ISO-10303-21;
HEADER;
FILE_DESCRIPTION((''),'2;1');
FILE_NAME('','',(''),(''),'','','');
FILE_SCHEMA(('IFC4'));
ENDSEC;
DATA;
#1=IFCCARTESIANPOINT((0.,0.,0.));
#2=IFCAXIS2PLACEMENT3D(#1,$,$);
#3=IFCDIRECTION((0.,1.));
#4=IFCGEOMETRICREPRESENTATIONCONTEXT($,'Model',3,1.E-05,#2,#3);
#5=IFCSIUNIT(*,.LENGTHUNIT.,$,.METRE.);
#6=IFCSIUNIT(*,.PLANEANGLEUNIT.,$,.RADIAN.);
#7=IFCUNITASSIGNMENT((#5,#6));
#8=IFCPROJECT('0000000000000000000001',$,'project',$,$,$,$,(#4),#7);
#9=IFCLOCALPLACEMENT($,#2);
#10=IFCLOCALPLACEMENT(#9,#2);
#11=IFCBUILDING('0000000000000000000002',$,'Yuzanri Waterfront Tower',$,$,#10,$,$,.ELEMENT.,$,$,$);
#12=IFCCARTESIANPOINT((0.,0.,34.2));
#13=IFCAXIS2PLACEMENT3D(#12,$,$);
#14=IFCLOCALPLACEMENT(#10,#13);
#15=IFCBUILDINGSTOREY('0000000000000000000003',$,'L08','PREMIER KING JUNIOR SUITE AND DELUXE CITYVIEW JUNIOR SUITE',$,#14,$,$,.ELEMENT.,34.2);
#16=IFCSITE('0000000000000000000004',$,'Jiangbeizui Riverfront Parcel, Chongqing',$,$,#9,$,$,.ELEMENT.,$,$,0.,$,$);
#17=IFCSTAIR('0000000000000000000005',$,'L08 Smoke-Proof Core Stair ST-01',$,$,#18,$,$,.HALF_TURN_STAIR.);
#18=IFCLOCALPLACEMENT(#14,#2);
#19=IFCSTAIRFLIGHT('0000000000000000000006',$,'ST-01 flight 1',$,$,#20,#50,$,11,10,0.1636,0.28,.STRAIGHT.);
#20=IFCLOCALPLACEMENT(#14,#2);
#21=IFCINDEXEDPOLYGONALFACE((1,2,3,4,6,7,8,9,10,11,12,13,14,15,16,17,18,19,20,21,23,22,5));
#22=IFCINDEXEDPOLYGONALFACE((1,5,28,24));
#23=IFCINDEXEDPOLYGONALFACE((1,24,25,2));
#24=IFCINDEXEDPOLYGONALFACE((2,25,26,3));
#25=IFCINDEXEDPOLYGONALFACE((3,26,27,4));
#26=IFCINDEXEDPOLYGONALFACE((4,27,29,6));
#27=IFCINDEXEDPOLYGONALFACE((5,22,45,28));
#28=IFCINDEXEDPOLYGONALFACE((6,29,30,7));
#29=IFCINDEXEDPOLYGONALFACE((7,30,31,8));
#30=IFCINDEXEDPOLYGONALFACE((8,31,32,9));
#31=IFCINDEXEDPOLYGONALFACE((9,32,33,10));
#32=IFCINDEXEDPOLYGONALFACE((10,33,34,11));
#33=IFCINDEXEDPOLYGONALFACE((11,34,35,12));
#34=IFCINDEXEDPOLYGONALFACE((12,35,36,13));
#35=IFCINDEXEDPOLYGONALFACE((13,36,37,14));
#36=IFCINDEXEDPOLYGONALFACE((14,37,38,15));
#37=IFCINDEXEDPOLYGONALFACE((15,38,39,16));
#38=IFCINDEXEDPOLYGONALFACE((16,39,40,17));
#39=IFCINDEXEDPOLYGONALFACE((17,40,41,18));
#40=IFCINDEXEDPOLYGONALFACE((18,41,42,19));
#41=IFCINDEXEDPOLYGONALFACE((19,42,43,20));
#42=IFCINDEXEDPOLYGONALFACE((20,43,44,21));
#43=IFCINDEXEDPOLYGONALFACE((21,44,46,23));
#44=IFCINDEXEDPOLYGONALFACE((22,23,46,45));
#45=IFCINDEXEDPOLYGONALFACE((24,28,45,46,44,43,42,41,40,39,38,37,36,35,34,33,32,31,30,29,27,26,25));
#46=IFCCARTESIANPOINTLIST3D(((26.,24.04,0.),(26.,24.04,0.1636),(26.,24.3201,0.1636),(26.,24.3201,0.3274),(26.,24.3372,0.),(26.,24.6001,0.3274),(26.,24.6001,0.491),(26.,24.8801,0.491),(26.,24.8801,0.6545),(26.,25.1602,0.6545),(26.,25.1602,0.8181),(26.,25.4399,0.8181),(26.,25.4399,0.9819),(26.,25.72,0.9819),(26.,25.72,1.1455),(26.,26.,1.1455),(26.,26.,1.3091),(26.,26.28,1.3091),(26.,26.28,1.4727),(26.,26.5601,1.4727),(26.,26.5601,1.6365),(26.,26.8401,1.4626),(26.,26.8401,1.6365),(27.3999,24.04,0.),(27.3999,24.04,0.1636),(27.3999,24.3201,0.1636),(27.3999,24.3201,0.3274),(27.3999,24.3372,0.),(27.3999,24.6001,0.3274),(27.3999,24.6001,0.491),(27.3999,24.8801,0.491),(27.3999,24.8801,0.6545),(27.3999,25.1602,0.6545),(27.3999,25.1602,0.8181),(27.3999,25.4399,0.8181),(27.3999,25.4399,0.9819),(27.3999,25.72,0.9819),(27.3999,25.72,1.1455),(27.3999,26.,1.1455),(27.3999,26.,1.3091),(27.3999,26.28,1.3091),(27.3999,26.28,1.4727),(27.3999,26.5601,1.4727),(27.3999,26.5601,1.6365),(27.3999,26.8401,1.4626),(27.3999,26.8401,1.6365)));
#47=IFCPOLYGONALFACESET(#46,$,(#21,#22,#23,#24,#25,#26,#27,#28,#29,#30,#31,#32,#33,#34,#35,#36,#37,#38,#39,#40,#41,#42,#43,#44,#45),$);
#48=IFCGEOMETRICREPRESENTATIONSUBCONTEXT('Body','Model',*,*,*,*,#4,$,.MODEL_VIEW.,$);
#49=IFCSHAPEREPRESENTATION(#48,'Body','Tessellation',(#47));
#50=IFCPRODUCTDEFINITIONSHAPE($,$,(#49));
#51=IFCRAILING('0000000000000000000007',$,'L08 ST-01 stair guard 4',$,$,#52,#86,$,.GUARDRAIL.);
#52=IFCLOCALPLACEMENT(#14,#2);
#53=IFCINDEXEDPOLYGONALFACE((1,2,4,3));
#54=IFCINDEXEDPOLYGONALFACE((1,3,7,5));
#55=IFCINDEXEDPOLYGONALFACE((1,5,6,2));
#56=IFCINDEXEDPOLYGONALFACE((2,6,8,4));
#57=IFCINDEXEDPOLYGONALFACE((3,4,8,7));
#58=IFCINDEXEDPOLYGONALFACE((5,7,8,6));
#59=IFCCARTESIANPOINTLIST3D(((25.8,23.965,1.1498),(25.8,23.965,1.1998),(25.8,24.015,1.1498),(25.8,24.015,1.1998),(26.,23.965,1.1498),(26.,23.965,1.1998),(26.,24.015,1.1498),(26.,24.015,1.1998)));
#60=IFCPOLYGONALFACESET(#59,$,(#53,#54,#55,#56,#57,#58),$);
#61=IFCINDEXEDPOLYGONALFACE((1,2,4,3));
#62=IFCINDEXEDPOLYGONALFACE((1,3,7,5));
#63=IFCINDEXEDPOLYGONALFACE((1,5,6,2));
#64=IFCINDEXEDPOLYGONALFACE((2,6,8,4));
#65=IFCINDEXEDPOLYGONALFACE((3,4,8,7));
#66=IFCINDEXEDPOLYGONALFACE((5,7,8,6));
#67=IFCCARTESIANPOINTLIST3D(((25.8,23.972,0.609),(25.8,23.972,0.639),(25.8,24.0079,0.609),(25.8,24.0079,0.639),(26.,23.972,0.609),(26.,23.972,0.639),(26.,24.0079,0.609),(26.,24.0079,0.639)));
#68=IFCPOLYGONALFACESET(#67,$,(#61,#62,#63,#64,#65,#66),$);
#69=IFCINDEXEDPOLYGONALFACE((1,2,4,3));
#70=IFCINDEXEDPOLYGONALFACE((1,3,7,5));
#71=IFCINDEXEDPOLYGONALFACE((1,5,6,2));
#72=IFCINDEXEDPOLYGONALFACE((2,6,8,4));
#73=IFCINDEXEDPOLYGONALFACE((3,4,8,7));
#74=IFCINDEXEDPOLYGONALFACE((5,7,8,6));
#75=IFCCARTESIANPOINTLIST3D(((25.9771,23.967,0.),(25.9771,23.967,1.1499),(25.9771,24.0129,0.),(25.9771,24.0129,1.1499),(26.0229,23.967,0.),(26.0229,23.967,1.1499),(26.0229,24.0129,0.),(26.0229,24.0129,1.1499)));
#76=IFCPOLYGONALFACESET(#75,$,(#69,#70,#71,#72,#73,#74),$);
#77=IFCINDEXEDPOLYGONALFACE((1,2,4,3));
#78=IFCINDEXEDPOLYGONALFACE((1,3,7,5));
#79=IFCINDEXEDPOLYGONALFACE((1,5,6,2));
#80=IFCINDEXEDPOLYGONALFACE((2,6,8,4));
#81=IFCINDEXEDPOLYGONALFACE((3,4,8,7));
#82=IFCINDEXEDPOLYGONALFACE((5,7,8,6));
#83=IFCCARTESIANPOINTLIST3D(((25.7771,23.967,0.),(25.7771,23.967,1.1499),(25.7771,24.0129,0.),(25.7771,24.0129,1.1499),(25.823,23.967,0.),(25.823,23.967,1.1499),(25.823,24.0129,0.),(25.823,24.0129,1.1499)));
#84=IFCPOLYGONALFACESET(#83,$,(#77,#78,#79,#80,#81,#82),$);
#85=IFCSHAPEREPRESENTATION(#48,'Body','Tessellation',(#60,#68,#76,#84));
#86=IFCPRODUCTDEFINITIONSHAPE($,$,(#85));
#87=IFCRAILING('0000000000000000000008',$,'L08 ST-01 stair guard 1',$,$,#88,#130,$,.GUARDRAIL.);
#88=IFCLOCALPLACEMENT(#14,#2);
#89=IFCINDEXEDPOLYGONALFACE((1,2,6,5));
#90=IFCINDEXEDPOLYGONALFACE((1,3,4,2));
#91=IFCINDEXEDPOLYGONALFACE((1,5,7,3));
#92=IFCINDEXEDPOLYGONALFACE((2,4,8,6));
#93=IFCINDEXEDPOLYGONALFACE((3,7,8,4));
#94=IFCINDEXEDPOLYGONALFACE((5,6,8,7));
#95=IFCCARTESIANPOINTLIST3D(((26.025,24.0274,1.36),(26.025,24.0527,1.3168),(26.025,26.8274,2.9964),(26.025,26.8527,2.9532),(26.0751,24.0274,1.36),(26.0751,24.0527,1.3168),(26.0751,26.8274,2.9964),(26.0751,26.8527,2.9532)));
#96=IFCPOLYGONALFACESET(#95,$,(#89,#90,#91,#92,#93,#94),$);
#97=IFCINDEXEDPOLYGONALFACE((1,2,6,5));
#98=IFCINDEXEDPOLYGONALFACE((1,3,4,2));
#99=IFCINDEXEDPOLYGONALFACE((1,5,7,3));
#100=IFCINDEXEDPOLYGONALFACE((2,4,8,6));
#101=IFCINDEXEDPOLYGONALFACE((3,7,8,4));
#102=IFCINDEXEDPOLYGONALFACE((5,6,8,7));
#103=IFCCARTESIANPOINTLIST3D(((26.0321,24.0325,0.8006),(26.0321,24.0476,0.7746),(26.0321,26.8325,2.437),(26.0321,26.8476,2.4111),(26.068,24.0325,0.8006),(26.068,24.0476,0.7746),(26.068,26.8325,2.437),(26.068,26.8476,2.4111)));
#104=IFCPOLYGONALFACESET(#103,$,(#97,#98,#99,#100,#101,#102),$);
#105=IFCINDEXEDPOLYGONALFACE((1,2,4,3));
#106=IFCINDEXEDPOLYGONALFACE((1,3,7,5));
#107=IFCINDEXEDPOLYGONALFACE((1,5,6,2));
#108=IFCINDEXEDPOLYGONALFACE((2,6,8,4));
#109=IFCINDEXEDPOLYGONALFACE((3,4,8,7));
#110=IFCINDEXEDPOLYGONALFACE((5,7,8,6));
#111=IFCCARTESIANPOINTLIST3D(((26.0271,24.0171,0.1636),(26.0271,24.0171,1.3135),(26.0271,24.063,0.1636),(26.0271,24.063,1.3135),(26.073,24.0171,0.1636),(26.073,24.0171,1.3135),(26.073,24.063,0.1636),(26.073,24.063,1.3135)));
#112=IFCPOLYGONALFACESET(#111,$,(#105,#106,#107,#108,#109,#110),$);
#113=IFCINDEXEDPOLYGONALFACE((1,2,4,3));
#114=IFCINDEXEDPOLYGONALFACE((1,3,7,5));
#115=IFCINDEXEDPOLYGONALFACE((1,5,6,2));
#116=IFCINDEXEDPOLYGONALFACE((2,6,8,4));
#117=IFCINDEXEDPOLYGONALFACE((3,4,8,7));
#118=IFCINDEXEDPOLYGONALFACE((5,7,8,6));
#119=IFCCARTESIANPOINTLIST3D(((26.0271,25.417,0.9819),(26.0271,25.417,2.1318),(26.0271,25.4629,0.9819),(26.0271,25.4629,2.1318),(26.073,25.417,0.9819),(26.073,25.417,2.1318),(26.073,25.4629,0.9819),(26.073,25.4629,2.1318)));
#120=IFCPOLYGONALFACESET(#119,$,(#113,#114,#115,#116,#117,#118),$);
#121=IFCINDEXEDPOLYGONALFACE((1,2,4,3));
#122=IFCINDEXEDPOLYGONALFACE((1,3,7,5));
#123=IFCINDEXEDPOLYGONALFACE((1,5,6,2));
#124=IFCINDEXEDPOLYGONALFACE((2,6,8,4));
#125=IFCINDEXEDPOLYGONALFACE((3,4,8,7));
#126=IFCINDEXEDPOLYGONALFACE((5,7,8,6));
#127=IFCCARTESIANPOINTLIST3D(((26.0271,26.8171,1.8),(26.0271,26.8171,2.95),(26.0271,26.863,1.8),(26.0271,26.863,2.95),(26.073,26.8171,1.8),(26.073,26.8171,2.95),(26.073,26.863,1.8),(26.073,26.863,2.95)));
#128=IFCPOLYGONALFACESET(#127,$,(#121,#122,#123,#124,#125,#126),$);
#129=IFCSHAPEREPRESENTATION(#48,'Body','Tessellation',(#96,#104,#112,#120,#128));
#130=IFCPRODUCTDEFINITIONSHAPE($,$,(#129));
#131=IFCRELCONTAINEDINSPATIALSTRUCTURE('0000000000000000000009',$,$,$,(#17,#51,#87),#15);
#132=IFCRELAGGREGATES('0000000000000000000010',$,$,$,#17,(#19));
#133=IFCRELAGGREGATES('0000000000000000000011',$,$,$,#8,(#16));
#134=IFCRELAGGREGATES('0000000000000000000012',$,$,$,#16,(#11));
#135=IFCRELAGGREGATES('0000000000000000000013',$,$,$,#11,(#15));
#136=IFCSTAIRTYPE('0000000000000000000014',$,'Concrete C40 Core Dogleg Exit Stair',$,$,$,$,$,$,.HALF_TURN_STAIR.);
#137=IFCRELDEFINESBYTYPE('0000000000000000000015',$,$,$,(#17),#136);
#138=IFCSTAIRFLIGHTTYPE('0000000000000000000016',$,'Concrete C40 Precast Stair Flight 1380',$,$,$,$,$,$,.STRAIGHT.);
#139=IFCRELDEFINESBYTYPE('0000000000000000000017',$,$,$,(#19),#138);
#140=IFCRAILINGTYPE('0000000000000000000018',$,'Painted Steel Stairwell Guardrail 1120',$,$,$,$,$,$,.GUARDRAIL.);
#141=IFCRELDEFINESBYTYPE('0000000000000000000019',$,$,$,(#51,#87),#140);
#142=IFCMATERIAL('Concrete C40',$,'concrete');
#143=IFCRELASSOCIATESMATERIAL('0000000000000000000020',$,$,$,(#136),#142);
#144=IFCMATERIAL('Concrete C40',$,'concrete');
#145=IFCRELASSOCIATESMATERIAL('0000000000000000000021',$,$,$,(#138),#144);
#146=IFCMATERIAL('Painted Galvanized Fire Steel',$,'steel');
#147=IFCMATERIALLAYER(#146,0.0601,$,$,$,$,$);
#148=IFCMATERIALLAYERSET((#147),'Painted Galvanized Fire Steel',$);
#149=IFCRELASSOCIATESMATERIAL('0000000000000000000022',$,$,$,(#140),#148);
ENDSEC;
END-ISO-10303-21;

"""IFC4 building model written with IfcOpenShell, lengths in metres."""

from ifc_helpers import new_model, si_unit, direction, frame, origin, origin_2d, place, context, subcontext, project, spatial, polyline, rectangle, outline, extrude, source, transform, mapped, material, layer, layer_set, type_object, element, aggregate, save


model = new_model("IFC4")

# Units and contexts
model_context = context("Model", 3, precision=1e-05, world=origin(), true_north=direction((0.0, 1.0)))
body_context = subcontext(model_context, "Body", "Model", "MODEL_VIEW")
ifc_project = project(units=[si_unit("LENGTHUNIT", "METRE"), si_unit("PLANEANGLEUNIT", "RADIAN")], contexts=[model_context])

# Site, building, storey
site_placement = place(None, origin())
site = spatial("IfcSite", under=ifc_project, at=site_placement, Name="Jiangbeizui Riverfront Parcel, Chongqing", CompositionType="ELEMENT", RefElevation=0.0)
building_placement = place(site_placement, origin())
building = spatial("IfcBuilding", under=site, at=building_placement, Name="Yuzanri Waterfront Tower", CompositionType="ELEMENT")
storey_placement = place(building_placement, frame((0.0, 0.0, 34.2)))
storey = spatial("IfcBuildingStorey", under=building, at=storey_placement, Name="L08", Description="PREMIER KING JUNIOR SUITE AND DELUXE CITYVIEW JUNIOR SUITE", CompositionType="ELEMENT", Elevation=34.2)

# Stair, stair flight
ifc_material_1 = material(Name="Concrete C40", Category="concrete")
stair_type = type_object("IfcStairType", Name="Concrete C40 Core Dogleg Exit Stair", PredefinedType="HALF_TURN_STAIR", material=ifc_material_1)
stair_placement = place(storey_placement, origin())
stair = element("IfcStair", 1, at=stair_placement, inside=storey, type_object=stair_type, Name="L08 Smoke-Proof Core Stair ST-01", PredefinedType="HALF_TURN_STAIR")
ifc_material_2 = material(Name="Concrete C40", Category="concrete")
stair_flight_type = type_object("IfcStairFlightType", Name="Concrete C40 Precast Stair Flight 1380", PredefinedType="STRAIGHT", material=ifc_material_2)
shared_shape_1 = source(origin(), body_context, "Body", "SweptSolid", [
    extrude(outline(polyline([(0.0, 0.0), (0.0, 0.1636), (0.28, 0.1636), (0.28, 0.3274), (0.5601, 0.3274), (0.5601, 0.491), (0.8401, 0.491), (0.8401, 0.6545), (1.1201, 0.6545), (1.1201, 0.8181), (1.3999, 0.8181), (1.3999, 0.9819), (1.6799, 0.9819), (1.6799, 1.1455), (1.96, 1.1455), (1.96, 1.3091), (2.24, 1.3091), (2.24, 1.4727), (2.52, 1.4727), (2.52, 1.6365), (2.8, 1.6365), (2.8, 1.8), (2.8, 1.4626), (0.2971, 0.0), (0.0, 0.0)])), frame((0.0, 0.7, 0.0), z_axis=(0.0, -1.0, 0.0), x_axis=(1.0, 0.0, 0.0)), (0.0, 0.0, 1.0), 1.3999),
])
stair_flight_placement = place(storey_placement, frame((26.7, 24.04, 0.0), z_axis=(0.0, 0.0, 1.0), x_axis=(0.0, 1.0, 0.0)))
stair_flight = element("IfcStairFlight", 2, at=stair_flight_placement, type_object=stair_flight_type, Name="ST-01 flight 1", NumberOfRisers=11, NumberOfTreads=10, PredefinedType="STRAIGHT", RiserHeight=0.1636, TreadLength=0.28, context=body_context, shape_type="MappedRepresentation", body=[
    mapped(shared_shape_1, transform((0.0, 0.0, 0.0), scale=1.0)),
])
aggregate(stair, [stair_flight])

# Railings
ifc_material_3 = material(Name="Painted Galvanized Fire Steel", Category="steel")
ifc_layer_1 = layer(ifc_material_3, 0.0601)
ifc_layer_set_1 = layer_set([ifc_layer_1], Name="Painted Galvanized Fire Steel")
railing_type = type_object("IfcRailingType", Name="Painted Steel Stairwell Guardrail 1120", PredefinedType="GUARDRAIL", material=ifc_layer_set_1)
shared_shape_2 = source(origin(), body_context, "Body", "SweptSolid", [
    extrude(rectangle(XDim=0.05, YDim=0.05, at=origin_2d()), frame((0.0, 0.0, 1.1748), z_axis=(-1.0, 0.0, 0.0), x_axis=(0.0, -1.0, 0.0)), (0.0, 0.0, 1.0), 0.2),
    extrude(rectangle(XDim=0.0359, YDim=0.03, at=origin_2d()), frame((0.0, 0.0, 0.624), z_axis=(-1.0, 0.0, 0.0), x_axis=(0.0, -1.0, 0.0)), (0.0, 0.0, 1.0), 0.2),
    extrude(rectangle(XDim=0.0459, YDim=0.0459, at=origin_2d()), origin(), (0.0, 0.0, 1.0), 1.1499),
    extrude(rectangle(XDim=0.0459, YDim=0.0459, at=origin_2d()), frame((-0.2, 0.0, 0.0)), (0.0, 0.0, 1.0), 1.1499),
])
railing_1_placement = place(storey_placement, frame((26.0, 23.99, 0.0)))
element("IfcRailing", 3, at=railing_1_placement, inside=storey, type_object=railing_type, Name="L08 ST-01 stair guard 4", PredefinedType="GUARDRAIL", context=body_context, shape_type="MappedRepresentation", body=[
    mapped(shared_shape_2, transform((0.0, 0.0, 0.0), scale=1.0)),
])
shared_shape_3 = source(origin(), body_context, "Body", "SweptSolid", [
    extrude(rectangle(XDim=0.05, YDim=0.05, at=origin_2d()), frame((0.0, 0.0, 1.1748), z_axis=(0.0, 0.863361, 0.504587), x_axis=(-1.0, 0.0, 0.0)), (0.0, 0.0, 1.0), 3.2432),
    extrude(rectangle(XDim=0.0359, YDim=0.03, at=origin_2d()), frame((0.0, 0.0, 0.624), z_axis=(0.0, 0.863361, 0.504587), x_axis=(-1.0, 0.0, 0.0)), (0.0, 0.0, 1.0), 3.2432),
    extrude(rectangle(XDim=0.0459, YDim=0.0459, at=origin_2d()), origin(), (0.0, 0.0, 1.0), 1.1499),
    extrude(rectangle(XDim=0.0459, YDim=0.0459, at=origin_2d()), frame((0.0, 1.3999, 0.8184)), (0.0, 0.0, 1.0), 1.1499),
    extrude(rectangle(XDim=0.0459, YDim=0.0459, at=origin_2d()), frame((0.0, 2.8, 1.6365)), (0.0, 0.0, 1.0), 1.1499),
])
railing_2_placement = place(storey_placement, frame((26.05, 24.04, 0.1636)))
element("IfcRailing", 4, at=railing_2_placement, inside=storey, type_object=railing_type, Name="L08 ST-01 stair guard 1", PredefinedType="GUARDRAIL", context=body_context, shape_type="MappedRepresentation", body=[
    mapped(shared_shape_3, transform((0.0, 0.0, 0.0), scale=1.0)),
])

save(model, "model.ifc")
